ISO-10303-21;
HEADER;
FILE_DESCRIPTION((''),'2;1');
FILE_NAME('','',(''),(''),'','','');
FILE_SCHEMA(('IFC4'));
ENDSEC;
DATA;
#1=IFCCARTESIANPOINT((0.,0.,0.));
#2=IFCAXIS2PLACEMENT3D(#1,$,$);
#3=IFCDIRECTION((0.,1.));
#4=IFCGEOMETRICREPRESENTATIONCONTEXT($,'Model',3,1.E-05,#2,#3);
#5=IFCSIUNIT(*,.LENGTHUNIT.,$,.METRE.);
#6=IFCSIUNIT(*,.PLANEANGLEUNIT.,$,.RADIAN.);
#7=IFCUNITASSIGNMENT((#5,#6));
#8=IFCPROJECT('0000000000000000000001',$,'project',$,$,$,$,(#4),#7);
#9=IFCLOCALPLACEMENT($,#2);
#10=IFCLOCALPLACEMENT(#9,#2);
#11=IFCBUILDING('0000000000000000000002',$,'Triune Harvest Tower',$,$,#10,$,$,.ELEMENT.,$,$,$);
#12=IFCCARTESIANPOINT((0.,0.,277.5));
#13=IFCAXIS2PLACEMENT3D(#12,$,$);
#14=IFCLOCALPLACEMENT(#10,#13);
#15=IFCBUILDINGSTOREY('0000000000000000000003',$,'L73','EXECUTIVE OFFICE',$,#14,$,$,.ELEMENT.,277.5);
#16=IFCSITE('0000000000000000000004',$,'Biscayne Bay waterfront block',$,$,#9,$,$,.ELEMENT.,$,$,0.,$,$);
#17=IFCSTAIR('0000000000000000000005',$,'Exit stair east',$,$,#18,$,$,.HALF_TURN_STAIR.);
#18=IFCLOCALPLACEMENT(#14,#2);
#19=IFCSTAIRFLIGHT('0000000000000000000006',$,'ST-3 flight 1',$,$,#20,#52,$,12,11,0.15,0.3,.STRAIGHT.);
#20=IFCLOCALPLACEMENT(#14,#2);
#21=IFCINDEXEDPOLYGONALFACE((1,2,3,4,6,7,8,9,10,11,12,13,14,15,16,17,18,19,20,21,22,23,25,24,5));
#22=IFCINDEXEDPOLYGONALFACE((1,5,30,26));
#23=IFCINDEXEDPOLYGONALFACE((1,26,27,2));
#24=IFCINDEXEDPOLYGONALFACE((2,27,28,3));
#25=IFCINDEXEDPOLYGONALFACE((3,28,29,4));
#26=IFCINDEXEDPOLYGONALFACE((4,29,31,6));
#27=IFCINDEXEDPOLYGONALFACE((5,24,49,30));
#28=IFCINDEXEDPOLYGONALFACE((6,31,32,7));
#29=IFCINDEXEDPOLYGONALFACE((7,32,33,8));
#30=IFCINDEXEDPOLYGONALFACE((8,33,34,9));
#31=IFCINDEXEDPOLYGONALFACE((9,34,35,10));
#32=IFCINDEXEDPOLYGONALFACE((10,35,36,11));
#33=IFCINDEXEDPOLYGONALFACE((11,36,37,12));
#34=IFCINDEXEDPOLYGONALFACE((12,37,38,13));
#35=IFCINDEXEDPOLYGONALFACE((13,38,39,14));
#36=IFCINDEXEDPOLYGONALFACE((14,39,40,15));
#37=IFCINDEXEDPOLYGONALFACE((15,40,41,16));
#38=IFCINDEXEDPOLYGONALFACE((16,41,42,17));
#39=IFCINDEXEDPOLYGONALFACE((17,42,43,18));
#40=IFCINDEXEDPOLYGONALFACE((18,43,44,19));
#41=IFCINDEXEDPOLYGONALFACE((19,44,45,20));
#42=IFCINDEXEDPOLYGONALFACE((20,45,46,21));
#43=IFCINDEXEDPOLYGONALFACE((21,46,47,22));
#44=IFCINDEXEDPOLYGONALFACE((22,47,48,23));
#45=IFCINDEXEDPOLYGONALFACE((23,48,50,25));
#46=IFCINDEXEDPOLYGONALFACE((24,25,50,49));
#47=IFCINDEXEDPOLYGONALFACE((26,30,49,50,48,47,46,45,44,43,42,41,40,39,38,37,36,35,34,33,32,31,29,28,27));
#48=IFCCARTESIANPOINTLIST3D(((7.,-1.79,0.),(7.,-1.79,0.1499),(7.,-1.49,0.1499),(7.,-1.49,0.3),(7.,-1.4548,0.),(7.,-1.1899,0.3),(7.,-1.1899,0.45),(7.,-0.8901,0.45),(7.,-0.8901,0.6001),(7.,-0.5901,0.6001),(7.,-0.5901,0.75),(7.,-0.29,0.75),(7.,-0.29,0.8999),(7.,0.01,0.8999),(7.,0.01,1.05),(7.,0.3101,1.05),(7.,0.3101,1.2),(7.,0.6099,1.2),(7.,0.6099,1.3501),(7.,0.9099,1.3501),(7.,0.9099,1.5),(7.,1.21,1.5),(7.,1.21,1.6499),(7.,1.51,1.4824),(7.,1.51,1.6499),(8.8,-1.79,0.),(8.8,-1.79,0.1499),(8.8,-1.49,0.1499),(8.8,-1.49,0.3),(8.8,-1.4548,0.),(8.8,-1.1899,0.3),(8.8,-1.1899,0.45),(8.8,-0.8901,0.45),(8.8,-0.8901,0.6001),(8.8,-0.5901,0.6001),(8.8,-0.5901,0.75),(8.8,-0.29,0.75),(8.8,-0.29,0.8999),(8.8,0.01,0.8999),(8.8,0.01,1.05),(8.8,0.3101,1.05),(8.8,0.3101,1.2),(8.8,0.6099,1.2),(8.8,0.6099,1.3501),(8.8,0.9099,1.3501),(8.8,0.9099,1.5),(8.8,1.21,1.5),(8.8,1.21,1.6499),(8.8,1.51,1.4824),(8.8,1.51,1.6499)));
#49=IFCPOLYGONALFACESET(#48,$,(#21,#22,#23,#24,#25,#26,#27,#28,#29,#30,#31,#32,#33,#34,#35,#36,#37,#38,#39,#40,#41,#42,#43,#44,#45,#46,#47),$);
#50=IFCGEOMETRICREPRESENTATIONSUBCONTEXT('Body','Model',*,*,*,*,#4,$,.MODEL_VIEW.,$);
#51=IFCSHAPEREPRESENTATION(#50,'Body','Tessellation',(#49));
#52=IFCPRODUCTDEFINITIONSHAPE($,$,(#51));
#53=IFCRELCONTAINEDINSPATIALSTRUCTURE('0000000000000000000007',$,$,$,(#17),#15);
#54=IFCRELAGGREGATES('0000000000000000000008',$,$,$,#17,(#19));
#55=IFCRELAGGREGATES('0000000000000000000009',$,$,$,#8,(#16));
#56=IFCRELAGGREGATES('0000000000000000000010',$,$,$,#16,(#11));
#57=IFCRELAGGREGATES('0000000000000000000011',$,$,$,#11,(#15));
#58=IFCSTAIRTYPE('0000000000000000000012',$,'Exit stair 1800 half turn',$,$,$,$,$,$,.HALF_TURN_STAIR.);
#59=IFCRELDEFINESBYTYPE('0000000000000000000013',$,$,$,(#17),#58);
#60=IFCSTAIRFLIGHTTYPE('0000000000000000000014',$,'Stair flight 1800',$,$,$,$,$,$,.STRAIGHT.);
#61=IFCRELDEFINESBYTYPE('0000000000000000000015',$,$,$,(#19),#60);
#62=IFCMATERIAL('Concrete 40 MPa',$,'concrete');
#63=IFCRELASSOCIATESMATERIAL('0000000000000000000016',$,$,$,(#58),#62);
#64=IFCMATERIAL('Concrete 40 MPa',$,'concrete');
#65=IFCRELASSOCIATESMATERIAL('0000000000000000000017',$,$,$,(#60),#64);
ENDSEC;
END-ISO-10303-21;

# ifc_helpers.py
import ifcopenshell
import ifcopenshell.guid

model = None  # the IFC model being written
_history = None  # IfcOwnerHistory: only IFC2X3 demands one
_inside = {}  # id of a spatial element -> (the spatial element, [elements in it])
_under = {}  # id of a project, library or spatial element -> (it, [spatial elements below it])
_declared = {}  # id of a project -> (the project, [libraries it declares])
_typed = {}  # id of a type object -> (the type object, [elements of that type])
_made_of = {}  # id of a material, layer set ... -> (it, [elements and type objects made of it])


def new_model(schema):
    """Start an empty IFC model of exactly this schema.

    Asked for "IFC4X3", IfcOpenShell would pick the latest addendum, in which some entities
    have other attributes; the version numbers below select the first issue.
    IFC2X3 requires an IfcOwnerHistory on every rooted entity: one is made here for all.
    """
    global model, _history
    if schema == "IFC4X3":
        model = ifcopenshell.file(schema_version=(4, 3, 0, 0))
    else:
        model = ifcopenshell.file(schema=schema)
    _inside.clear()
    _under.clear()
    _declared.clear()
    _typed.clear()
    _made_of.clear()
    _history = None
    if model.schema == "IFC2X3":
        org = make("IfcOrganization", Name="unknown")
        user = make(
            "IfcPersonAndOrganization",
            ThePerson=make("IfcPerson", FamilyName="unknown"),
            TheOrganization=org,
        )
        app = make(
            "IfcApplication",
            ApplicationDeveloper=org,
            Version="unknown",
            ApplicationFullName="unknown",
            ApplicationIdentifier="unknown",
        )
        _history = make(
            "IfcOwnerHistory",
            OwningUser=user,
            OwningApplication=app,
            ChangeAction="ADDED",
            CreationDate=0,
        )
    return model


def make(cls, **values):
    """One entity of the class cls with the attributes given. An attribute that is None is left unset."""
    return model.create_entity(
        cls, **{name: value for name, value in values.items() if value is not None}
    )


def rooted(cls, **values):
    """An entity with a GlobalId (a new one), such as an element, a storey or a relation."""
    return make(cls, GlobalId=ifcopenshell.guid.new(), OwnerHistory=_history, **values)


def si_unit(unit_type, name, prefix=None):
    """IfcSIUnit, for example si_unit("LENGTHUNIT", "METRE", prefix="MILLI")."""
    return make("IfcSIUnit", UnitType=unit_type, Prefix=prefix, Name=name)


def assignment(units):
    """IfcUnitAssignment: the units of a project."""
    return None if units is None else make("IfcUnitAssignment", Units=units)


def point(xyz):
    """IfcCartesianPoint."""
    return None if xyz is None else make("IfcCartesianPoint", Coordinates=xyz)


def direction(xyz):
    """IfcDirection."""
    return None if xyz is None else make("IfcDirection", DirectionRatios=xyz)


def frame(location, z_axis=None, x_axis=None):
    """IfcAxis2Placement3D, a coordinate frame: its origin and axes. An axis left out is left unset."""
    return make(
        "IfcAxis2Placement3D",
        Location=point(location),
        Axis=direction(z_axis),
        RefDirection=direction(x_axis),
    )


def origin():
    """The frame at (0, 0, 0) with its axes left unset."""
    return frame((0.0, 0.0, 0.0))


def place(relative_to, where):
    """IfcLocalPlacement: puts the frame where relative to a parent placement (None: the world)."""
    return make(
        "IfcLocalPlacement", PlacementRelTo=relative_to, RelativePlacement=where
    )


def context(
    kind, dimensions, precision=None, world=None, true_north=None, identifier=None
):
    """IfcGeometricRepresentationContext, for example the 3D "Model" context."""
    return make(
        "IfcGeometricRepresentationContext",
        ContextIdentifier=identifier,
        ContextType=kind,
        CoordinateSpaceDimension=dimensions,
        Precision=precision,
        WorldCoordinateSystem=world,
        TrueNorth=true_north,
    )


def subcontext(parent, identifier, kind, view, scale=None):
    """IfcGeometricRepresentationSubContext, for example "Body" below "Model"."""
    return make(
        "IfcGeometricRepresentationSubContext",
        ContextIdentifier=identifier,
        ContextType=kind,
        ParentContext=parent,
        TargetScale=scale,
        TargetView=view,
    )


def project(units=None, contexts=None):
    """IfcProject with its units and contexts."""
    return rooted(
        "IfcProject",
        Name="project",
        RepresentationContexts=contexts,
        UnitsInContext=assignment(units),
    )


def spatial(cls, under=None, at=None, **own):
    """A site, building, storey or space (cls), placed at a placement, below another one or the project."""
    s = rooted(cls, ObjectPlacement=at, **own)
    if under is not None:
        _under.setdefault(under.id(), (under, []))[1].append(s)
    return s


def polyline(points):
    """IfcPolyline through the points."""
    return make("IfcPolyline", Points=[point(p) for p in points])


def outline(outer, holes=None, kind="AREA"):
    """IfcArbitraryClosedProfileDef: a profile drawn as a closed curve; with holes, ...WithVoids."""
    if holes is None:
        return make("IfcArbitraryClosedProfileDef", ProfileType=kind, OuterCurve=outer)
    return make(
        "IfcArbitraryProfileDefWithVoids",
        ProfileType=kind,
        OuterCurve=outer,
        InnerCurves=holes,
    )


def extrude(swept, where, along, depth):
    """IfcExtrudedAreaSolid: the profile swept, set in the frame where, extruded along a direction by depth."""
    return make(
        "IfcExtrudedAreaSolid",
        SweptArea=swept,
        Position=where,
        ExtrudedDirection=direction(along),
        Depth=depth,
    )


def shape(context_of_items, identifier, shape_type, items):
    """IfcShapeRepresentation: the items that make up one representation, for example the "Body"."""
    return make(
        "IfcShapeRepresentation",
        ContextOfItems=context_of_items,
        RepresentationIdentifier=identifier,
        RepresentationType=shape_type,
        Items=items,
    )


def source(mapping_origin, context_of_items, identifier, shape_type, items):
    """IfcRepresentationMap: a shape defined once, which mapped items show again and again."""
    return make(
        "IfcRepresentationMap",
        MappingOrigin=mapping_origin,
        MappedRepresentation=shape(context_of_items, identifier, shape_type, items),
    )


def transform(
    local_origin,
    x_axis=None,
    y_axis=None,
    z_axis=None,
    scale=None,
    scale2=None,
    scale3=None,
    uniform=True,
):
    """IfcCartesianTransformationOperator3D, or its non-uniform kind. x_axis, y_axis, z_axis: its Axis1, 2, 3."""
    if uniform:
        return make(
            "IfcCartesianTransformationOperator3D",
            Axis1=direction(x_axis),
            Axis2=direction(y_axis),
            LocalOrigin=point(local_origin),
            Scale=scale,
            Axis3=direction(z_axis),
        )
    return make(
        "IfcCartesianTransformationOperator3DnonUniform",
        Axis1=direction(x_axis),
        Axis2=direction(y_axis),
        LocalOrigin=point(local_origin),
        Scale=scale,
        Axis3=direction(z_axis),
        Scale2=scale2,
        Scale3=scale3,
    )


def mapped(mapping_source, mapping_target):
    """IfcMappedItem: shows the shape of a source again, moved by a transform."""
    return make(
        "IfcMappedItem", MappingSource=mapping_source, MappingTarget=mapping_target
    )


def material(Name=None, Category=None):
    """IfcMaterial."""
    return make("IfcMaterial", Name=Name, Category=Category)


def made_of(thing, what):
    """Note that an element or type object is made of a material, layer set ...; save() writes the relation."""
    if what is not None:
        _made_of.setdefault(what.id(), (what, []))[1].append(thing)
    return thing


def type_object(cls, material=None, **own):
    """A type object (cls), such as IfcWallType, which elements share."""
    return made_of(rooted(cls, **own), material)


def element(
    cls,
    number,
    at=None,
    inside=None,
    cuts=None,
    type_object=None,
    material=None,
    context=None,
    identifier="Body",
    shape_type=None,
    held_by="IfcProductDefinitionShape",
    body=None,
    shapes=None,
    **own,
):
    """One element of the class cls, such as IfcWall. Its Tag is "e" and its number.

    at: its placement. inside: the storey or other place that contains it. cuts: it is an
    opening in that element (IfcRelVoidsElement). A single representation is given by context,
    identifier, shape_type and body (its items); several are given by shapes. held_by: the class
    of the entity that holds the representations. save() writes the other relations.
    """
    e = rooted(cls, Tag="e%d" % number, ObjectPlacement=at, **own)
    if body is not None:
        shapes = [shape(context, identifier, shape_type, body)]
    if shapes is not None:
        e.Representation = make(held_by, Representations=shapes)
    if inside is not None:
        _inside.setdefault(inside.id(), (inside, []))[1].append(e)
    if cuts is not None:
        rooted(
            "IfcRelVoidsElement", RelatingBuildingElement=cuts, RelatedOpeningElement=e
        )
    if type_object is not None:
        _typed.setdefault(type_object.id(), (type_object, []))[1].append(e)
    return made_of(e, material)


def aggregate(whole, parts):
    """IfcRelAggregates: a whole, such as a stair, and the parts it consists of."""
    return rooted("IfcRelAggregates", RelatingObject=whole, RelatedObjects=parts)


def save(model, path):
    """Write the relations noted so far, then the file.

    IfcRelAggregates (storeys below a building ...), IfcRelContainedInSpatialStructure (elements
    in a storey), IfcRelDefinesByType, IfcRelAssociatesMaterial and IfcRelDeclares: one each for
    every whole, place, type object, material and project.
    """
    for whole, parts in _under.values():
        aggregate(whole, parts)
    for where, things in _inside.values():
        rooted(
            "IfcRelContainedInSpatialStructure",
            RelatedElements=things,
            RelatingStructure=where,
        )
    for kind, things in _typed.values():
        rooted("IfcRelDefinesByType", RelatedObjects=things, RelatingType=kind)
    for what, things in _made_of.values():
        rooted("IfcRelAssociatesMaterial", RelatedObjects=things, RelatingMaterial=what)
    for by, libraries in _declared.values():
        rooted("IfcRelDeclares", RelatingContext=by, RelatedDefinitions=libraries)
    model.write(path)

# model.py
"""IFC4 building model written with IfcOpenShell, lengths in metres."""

from ifc_helpers import new_model, si_unit, direction, frame, origin, place, context, subcontext, project, spatial, polyline, outline, extrude, source, transform, mapped, material, type_object, element, aggregate, save


model = new_model("IFC4")

# Units and contexts
model_context = context("Model", 3, precision=1e-05, world=origin(), true_north=direction((0.0, 1.0)))
body_context = subcontext(model_context, "Body", "Model", "MODEL_VIEW")
ifc_project = project(units=[si_unit("LENGTHUNIT", "METRE"), si_unit("PLANEANGLEUNIT", "RADIAN")], contexts=[model_context])

# Site, building, storey
site_placement = place(None, origin())
site = spatial("IfcSite", under=ifc_project, at=site_placement, Name="Biscayne Bay waterfront block", CompositionType="ELEMENT", RefElevation=0.0)
building_placement = place(site_placement, origin())
building = spatial("IfcBuilding", under=site, at=building_placement, Name="Triune Harvest Tower", CompositionType="ELEMENT")
storey_placement = place(building_placement, frame((0.0, 0.0, 277.5)))
storey = spatial("IfcBuildingStorey", under=building, at=storey_placement, Name="L73", Description="EXECUTIVE OFFICE", CompositionType="ELEMENT", Elevation=277.5)

# Stair, stair flight
ifc_material_1 = material(Name="Concrete 40 MPa", Category="concrete")
stair_type = type_object("IfcStairType", Name="Exit stair 1800 half turn", PredefinedType="HALF_TURN_STAIR", material=ifc_material_1)
stair_placement = place(storey_placement, origin())
stair = element("IfcStair", 1, at=stair_placement, inside=storey, type_object=stair_type, Name="Exit stair east", PredefinedType="HALF_TURN_STAIR")
ifc_material_2 = material(Name="Concrete 40 MPa", Category="concrete")
stair_flight_type = type_object("IfcStairFlightType", Name="Stair flight 1800", PredefinedType="STRAIGHT", material=ifc_material_2)
shared_shape_1 = source(origin(), body_context, "Body", "SweptSolid", [
    extrude(outline(polyline([(0.0, 0.0), (0.0, 0.1499), (0.3, 0.1499), (0.3, 0.3), (0.6001, 0.3), (0.6001, 0.45), (0.8999, 0.45), (0.8999, 0.6001), (1.2, 0.6001), (1.2, 0.75), (1.5, 0.75), (1.5, 0.8999), (1.8, 0.8999), (1.8, 1.05), (2.1001, 1.05), (2.1001, 1.2), (2.3999, 1.2), (2.3999, 1.3501), (2.7, 1.3501), (2.7, 1.5), (3.0, 1.5), (3.0, 1.6499), (3.3, 1.6499), (3.3, 1.8), (3.3, 1.4824), (0.3352, 0.0), (0.0, 0.0)])), frame((0.0, 0.8999, 0.0), z_axis=(0.0, -1.0, 0.0), x_axis=(1.0, 0.0, 0.0)), (0.0, 0.0, 1.0), 1.8),
])
stair_flight_placement = place(storey_placement, frame((7.8999, -1.79, 0.0), z_axis=(0.0, 0.0, 1.0), x_axis=(0.0, 1.0, 0.0)))
stair_flight = element("IfcStairFlight", 2, at=stair_flight_placement, type_object=stair_flight_type, Name="ST-3 flight 1", NumberOfRisers=12, NumberOfTreads=11, PredefinedType="STRAIGHT", RiserHeight=0.15, TreadLength=0.3, context=body_context, shape_type="MappedRepresentation", body=[
    mapped(shared_shape_1, transform((0.0, 0.0, 0.0), scale=1.0)),
])
aggregate(stair, [stair_flight])

save(model, "model.ifc")
